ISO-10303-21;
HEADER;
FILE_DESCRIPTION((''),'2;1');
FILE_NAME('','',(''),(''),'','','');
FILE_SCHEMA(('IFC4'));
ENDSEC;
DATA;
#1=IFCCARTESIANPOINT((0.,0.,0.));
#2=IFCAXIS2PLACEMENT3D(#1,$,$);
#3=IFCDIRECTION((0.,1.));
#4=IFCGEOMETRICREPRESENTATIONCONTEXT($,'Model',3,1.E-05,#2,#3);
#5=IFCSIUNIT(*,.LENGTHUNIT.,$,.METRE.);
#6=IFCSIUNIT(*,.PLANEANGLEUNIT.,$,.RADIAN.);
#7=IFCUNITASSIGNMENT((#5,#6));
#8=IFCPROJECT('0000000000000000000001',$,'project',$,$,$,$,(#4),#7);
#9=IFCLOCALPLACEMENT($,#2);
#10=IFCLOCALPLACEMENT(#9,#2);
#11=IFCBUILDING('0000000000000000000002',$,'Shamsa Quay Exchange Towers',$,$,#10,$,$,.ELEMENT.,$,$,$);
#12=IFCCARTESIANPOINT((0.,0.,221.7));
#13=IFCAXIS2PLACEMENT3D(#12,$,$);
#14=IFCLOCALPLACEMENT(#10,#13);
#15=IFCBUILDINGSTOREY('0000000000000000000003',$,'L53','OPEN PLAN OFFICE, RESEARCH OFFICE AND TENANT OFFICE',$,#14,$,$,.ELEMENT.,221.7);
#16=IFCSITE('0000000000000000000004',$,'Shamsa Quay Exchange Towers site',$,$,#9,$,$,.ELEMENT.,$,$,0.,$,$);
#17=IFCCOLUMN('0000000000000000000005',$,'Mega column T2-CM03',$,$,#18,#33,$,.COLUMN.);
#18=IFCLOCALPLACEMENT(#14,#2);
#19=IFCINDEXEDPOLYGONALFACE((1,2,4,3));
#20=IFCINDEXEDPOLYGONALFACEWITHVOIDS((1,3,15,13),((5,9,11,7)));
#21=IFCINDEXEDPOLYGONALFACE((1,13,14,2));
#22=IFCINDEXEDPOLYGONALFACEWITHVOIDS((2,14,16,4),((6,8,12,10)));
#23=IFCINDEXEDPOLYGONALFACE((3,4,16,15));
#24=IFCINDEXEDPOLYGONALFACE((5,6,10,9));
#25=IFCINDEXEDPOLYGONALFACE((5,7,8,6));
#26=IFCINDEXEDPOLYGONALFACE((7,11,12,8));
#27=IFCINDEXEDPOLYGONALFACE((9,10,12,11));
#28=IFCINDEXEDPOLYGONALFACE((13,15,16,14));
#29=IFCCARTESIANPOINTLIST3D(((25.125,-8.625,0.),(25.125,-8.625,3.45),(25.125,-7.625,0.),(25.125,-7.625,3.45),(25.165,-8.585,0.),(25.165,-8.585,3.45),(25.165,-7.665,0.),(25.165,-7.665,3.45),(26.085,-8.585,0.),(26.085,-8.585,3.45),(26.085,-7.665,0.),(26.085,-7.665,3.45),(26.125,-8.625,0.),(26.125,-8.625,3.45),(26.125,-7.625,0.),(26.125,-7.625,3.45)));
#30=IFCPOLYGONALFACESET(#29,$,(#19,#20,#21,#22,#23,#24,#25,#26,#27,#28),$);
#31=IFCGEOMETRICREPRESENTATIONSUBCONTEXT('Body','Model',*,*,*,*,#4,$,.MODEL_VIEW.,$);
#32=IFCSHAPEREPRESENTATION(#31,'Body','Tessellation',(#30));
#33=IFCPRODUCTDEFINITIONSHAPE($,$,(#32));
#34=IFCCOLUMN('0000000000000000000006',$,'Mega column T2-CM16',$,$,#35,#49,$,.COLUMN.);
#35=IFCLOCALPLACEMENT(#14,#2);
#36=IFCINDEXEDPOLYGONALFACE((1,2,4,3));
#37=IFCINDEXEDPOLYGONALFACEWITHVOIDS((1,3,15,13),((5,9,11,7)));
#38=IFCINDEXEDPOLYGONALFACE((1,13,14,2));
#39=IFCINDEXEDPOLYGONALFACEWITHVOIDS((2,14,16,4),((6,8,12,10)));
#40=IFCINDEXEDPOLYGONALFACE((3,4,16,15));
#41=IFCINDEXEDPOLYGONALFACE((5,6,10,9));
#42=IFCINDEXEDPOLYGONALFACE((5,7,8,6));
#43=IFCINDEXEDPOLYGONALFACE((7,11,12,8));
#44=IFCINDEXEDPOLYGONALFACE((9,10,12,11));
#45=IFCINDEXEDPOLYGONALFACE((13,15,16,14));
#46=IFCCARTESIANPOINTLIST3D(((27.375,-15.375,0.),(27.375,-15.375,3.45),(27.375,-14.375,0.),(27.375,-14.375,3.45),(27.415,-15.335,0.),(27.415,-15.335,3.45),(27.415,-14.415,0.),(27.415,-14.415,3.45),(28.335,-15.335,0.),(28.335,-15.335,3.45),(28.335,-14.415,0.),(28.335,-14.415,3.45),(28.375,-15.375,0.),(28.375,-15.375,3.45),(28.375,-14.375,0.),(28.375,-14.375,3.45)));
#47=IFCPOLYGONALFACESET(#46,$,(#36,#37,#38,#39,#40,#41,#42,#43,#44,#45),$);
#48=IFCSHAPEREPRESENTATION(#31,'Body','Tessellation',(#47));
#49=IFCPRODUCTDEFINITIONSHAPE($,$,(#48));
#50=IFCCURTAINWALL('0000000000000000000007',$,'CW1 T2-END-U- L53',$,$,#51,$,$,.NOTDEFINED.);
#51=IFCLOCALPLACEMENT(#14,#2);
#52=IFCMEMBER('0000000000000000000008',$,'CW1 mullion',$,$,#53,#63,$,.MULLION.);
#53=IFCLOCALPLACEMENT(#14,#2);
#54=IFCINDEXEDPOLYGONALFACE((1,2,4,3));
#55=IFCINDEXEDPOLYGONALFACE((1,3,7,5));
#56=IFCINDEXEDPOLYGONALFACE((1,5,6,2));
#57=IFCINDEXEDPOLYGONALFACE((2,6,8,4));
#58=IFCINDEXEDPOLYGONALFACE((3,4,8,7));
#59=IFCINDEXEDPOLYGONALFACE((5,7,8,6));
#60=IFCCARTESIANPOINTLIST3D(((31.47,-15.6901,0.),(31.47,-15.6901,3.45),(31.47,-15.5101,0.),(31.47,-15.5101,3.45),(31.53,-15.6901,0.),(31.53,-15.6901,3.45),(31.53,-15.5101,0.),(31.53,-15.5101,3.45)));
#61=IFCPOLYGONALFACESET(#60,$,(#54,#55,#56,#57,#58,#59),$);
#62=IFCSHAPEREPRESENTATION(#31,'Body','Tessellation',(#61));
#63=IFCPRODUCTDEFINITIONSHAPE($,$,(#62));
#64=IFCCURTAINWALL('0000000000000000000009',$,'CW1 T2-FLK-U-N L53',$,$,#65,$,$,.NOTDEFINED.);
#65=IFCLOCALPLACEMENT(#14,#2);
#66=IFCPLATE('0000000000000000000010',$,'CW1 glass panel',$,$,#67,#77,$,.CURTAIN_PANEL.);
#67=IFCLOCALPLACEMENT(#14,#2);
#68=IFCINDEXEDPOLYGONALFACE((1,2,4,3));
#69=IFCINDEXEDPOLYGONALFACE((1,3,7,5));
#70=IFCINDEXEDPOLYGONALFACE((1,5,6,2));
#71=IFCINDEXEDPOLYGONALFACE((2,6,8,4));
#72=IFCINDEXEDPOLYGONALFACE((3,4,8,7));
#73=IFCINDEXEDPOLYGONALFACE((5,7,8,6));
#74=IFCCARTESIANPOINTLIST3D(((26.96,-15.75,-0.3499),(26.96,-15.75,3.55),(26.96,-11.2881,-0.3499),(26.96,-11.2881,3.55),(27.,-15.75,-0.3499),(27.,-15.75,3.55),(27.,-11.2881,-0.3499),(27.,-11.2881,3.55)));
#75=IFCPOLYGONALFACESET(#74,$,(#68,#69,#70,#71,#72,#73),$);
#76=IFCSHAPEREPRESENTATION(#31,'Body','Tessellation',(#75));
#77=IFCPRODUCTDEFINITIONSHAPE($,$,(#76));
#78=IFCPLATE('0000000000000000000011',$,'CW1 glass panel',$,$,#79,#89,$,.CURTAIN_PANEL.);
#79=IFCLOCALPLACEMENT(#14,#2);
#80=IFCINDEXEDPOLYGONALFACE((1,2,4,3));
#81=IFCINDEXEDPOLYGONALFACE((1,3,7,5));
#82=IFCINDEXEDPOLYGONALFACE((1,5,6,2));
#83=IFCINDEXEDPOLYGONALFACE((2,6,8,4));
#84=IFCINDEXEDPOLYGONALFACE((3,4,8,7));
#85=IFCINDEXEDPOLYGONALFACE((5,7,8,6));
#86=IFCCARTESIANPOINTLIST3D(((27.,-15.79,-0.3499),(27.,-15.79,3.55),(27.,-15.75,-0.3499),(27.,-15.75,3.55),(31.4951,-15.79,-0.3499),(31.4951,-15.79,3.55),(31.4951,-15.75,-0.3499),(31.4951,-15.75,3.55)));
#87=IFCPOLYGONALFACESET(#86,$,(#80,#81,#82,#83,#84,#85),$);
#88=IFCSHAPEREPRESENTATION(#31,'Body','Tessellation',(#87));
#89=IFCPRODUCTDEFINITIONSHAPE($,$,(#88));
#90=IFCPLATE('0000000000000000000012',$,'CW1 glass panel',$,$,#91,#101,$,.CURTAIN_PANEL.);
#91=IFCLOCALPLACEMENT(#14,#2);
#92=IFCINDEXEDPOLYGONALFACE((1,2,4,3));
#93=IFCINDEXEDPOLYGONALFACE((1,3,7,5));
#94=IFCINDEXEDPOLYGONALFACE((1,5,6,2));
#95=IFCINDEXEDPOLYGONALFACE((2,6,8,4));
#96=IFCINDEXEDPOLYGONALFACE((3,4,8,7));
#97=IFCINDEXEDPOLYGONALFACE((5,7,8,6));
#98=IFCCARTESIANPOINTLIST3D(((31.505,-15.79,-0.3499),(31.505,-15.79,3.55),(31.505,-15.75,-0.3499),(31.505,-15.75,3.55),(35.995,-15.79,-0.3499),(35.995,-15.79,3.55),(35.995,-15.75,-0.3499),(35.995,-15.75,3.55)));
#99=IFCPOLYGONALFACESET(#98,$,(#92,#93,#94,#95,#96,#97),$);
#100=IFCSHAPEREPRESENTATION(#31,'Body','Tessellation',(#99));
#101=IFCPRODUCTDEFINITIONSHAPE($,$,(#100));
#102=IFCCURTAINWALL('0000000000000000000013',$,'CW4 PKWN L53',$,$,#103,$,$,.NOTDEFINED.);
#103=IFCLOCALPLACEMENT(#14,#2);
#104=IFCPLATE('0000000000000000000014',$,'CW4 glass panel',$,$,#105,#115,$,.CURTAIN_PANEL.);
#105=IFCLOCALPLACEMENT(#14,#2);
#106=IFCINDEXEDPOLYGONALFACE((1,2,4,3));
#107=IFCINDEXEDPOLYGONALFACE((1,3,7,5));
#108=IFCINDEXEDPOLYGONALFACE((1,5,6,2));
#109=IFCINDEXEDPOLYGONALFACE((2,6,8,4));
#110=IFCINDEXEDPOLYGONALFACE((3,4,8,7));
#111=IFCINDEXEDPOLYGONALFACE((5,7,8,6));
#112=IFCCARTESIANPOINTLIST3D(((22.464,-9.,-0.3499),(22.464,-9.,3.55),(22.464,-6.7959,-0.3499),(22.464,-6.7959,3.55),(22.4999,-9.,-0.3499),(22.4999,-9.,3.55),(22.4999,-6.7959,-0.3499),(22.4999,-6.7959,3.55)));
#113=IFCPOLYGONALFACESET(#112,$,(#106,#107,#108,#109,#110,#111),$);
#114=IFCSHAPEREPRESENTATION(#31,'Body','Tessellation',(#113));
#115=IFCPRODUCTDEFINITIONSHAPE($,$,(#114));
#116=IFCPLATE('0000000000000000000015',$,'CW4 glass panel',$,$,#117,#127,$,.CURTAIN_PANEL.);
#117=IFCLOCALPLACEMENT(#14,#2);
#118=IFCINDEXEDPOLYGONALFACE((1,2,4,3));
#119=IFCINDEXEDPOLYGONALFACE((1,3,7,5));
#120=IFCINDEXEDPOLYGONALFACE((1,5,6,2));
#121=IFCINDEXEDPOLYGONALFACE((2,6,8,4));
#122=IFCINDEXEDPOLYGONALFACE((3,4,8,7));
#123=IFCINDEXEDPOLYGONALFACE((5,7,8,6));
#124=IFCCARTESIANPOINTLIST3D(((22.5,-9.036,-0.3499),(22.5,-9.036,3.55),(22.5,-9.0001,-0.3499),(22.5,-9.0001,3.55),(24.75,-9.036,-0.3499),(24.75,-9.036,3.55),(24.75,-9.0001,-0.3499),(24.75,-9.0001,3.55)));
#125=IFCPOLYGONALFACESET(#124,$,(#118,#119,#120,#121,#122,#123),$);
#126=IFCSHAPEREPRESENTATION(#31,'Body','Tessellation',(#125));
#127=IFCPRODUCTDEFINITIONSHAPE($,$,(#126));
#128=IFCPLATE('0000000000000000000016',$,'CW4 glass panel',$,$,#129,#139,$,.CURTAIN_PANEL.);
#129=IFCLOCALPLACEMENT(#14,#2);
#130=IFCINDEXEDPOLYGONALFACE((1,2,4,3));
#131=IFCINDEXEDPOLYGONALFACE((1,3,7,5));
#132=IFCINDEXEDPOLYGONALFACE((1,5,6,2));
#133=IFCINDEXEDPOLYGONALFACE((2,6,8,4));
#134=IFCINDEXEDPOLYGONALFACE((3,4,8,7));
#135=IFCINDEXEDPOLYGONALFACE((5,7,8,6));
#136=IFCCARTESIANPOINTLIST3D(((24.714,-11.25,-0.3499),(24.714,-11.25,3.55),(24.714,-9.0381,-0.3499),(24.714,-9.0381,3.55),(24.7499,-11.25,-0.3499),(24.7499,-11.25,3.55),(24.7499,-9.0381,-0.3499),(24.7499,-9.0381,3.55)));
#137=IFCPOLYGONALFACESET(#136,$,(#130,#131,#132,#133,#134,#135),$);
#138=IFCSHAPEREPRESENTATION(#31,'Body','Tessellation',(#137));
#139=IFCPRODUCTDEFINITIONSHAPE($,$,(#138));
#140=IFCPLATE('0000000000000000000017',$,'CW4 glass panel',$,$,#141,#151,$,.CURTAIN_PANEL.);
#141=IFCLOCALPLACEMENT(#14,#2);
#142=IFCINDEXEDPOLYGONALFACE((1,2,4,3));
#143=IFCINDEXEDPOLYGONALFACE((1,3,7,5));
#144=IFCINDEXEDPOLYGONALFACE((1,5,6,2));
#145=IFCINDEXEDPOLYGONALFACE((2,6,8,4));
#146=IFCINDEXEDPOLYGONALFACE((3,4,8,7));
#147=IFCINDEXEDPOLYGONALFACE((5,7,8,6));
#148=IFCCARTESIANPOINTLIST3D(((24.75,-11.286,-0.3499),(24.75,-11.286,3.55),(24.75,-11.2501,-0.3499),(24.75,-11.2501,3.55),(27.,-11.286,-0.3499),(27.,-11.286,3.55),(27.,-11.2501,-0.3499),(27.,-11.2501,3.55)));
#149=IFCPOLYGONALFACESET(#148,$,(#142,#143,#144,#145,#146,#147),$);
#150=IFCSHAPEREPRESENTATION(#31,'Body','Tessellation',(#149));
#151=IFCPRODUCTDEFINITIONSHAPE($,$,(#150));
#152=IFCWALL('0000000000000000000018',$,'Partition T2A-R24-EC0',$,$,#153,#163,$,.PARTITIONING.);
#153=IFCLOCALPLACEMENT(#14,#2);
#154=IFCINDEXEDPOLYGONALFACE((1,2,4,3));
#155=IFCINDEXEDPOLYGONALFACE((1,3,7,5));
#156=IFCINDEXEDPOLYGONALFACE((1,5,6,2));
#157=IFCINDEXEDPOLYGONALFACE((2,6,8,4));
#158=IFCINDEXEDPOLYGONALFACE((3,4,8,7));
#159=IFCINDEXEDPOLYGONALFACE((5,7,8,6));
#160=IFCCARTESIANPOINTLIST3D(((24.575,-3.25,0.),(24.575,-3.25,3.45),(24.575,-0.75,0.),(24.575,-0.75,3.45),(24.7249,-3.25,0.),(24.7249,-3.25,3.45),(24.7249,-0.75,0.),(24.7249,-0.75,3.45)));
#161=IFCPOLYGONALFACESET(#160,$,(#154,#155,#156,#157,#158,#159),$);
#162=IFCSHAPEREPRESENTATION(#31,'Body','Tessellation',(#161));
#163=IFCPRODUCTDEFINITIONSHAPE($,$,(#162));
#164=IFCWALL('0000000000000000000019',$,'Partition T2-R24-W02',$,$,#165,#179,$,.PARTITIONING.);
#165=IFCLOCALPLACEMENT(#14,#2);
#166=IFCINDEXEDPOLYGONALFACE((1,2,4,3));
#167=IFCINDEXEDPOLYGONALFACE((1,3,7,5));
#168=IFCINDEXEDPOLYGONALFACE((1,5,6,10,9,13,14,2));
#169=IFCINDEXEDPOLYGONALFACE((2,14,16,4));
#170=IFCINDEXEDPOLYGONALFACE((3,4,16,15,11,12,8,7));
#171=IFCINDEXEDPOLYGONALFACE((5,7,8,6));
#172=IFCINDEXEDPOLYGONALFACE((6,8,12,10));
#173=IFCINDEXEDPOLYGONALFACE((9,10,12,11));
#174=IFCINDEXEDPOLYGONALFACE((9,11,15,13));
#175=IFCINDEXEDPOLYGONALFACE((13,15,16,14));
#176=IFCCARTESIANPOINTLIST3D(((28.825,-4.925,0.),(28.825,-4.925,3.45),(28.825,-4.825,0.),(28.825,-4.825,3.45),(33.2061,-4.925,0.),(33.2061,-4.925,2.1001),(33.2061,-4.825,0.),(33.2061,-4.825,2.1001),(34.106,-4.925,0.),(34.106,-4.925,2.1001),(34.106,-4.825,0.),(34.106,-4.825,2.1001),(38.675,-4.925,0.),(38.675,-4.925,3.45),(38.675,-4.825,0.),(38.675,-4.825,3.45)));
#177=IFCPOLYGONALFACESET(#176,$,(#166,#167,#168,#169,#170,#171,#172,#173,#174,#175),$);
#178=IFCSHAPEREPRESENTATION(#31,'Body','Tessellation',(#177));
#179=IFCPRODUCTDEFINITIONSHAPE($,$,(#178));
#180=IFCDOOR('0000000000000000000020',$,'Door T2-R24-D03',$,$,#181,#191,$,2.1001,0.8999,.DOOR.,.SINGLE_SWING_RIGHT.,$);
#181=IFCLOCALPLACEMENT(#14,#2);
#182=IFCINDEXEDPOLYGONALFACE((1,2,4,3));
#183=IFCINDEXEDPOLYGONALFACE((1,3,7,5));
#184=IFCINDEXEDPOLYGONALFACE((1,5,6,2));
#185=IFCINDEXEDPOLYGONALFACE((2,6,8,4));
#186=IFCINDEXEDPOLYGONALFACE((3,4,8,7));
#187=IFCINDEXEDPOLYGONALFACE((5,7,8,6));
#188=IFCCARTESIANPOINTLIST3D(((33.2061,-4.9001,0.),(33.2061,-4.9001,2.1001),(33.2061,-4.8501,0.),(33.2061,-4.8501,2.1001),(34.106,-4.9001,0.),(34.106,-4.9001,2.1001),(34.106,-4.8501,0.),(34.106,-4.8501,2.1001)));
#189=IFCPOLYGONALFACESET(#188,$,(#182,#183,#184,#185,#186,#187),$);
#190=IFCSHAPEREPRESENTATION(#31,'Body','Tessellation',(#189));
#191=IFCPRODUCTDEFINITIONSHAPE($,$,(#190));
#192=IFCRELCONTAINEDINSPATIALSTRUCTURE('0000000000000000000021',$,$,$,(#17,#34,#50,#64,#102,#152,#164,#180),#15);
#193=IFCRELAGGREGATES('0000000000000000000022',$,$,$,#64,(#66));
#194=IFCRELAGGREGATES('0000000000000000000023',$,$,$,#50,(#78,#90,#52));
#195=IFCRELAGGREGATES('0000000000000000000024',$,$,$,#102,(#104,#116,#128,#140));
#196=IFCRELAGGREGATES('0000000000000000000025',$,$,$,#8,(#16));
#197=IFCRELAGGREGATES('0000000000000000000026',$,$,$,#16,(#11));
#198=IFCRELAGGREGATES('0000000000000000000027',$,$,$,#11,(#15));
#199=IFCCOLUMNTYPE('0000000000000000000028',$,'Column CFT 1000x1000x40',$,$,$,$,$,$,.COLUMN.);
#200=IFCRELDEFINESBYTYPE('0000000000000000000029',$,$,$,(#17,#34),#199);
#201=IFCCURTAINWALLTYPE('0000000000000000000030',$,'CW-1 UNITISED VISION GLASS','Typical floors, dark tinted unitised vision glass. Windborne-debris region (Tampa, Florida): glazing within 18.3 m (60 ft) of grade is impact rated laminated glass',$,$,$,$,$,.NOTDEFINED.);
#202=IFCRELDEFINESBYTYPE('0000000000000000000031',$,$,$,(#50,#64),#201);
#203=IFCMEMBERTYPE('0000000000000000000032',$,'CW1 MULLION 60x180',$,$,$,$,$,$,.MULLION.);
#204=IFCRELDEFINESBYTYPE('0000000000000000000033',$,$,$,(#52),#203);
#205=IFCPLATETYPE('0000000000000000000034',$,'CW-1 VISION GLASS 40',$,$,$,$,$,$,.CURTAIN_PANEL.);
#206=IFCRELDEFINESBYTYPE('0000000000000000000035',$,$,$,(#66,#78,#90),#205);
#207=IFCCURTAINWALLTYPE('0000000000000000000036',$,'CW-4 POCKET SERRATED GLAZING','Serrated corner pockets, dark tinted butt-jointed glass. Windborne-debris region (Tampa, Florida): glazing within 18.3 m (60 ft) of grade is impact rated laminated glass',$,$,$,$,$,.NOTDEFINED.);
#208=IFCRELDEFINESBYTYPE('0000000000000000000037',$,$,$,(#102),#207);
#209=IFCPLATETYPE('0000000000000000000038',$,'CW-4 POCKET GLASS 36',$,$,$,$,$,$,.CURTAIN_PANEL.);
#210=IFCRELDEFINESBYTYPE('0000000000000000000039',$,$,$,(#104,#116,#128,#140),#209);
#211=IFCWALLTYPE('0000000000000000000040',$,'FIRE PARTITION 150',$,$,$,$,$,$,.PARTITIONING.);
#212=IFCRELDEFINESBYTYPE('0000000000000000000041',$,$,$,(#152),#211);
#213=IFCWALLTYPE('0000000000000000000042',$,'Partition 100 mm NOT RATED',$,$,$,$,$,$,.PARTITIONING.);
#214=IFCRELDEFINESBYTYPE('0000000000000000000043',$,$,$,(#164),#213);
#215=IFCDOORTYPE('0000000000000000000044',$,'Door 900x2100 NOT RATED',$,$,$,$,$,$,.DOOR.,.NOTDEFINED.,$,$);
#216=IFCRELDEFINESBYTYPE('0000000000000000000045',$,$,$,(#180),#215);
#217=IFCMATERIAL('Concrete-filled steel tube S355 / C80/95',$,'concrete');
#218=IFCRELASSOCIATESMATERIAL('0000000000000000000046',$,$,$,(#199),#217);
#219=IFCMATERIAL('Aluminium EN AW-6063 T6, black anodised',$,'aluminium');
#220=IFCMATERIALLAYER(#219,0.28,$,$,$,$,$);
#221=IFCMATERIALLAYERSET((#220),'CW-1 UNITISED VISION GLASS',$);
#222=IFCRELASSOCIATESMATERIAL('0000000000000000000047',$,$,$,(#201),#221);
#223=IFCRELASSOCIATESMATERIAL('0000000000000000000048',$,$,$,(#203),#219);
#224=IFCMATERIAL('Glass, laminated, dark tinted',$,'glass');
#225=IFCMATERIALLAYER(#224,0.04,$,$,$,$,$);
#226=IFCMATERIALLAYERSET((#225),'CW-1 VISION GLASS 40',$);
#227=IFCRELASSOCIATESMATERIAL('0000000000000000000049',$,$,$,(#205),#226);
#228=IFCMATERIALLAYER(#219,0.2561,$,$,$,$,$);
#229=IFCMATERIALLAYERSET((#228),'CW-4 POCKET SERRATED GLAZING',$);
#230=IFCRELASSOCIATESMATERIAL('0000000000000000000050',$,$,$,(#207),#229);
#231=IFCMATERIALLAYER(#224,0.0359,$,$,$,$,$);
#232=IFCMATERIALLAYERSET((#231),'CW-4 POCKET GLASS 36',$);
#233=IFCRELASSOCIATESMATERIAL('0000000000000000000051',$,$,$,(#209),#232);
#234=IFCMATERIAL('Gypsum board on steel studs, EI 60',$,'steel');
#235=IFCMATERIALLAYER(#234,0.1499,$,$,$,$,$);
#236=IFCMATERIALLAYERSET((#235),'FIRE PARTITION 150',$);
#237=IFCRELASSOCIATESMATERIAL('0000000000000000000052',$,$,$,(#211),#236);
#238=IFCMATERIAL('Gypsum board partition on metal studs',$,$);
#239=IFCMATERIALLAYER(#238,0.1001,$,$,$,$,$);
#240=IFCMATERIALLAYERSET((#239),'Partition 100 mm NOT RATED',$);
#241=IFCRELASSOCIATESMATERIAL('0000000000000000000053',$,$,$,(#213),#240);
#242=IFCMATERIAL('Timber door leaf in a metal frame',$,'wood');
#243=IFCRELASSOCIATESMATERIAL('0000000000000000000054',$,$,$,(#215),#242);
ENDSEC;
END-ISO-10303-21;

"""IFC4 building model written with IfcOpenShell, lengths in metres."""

from ifc_helpers import new_model, si_unit, direction, frame, frame_2d, origin, origin_2d, place, context, subcontext, project, spatial, rectangle, hollow_rectangle, extrude, material, layer, layer_set, material_profile, profile_set, type_object, element, fill, aggregate, save


model = new_model("IFC4")

# Units and contexts
model_context = context("Model", 3, precision=1e-05, world=origin(), true_north=direction((0.0, 1.0)))
body_context = subcontext(model_context, "Body", "Model", "MODEL_VIEW")
ifc_project = project(units=[si_unit("LENGTHUNIT", "METRE"), si_unit("PLANEANGLEUNIT", "RADIAN")], contexts=[model_context])

# Site, building, storey
site_placement = place(None, origin())
site = spatial("IfcSite", under=ifc_project, at=site_placement, Name="Shamsa Quay Exchange Towers site", CompositionType="ELEMENT", RefElevation=0.0)
building_placement = place(site_placement, origin())
building = spatial("IfcBuilding", under=site, at=building_placement, Name="Shamsa Quay Exchange Towers", CompositionType="ELEMENT")
storey_placement = place(building_placement, frame((0.0, 0.0, 221.7)))
storey = spatial("IfcBuildingStorey", under=building, at=storey_placement, Name="L53", Description="OPEN PLAN OFFICE, RESEARCH OFFICE AND TENANT OFFICE", CompositionType="ELEMENT", Elevation=221.7)

# Columns
ifc_material_1 = material(Name="Concrete-filled steel tube S355 / C80/95", Category="concrete")
ifc_material_profile_1 = material_profile(ifc_material_1, hollow_rectangle(XDim=1.0, YDim=1.0, WallThickness=0.04, at=origin_2d()), Name="CFT 1000x1000x40")
ifc_profile_set_1 = profile_set([ifc_material_profile_1], Name="Concrete-filled steel tube S355 / C80/95")
column_type = type_object("IfcColumnType", Name="Column CFT 1000x1000x40", PredefinedType="COLUMN", material=ifc_profile_set_1)
for number, where, name in (
    (1, (25.625, -8.125, 0.0), "Mega column T2-CM03"),
    (2, (27.875, -14.875, 0.0), "Mega column T2-CM16"),
):
    element("IfcColumn", number, at=place(storey_placement, frame(where)), inside=storey, type_object=column_type, Name=name, PredefinedType="COLUMN", context=body_context, shape_type="SweptSolid", body=[
        extrude(hollow_rectangle(XDim=1.0, YDim=1.0, WallThickness=0.04, at=origin_2d()), origin(), (0.0, 0.0, 1.0), 3.45),
    ])

# Curtain wall, member
ifc_material_2 = material(Name="Aluminium EN AW-6063 T6, black anodised", Category="aluminium")
ifc_layer_1 = layer(ifc_material_2, 0.28)
ifc_layer_set_1 = layer_set([ifc_layer_1], Name="CW-1 UNITISED VISION GLASS")
curtain_wall_type_1 = type_object("IfcCurtainWallType", Name="CW-1 UNITISED VISION GLASS", Description="Typical floors, dark tinted unitised vision glass. Windborne-debris region (Tampa, Florida): glazing within 18.3 m (60 ft) of grade is impact rated laminated glass", PredefinedType="NOTDEFINED", material=ifc_layer_set_1)
curtain_wall_1_placement = place(storey_placement, origin())
curtain_wall_1 = element("IfcCurtainWall", 3, at=curtain_wall_1_placement, inside=storey, type_object=curtain_wall_type_1, Name="CW1 T2-END-U- L53", PredefinedType="NOTDEFINED")
ifc_material_profile_2 = material_profile(ifc_material_2, rectangle(XDim=0.1799, YDim=0.0601, at=origin_2d()), Name="MU60x180")
ifc_profile_set_2 = profile_set([ifc_material_profile_2], Name="Aluminium EN AW-6063 T6, black anodised")
member_type = type_object("IfcMemberType", Name="CW1 MULLION 60x180", PredefinedType="MULLION", material=ifc_profile_set_2)
member_placement = place(storey_placement, frame((31.5, -15.6001, 0.0), z_axis=(0.0, 0.0, 1.0), x_axis=(0.0, 1.0, 0.0)))
member = element("IfcMember", 4, at=member_placement, type_object=member_type, Name="CW1 mullion", PredefinedType="MULLION", context=body_context, shape_type="SweptSolid", body=[
    extrude(rectangle(XDim=0.1799, YDim=0.0601, at=origin_2d()), origin(), (0.0, 0.0, 1.0), 3.45),
])

# Curtain wall, plate
curtain_wall_2_placement = place(storey_placement, origin())
curtain_wall_2 = element("IfcCurtainWall", 5, at=curtain_wall_2_placement, inside=storey, type_object=curtain_wall_type_1, Name="CW1 T2-FLK-U-N L53", PredefinedType="NOTDEFINED")
ifc_material_3 = material(Name="Glass, laminated, dark tinted", Category="glass")
ifc_layer_2 = layer(ifc_material_3, 0.04)
ifc_layer_set_2 = layer_set([ifc_layer_2], Name="CW-1 VISION GLASS 40")
plate_type_1 = type_object("IfcPlateType", Name="CW-1 VISION GLASS 40", PredefinedType="CURTAIN_PANEL", material=ifc_layer_set_2)
plate_1_placement = place(storey_placement, frame((26.98, -13.519, -0.3499), z_axis=(0.0, 0.0, 1.0), x_axis=(0.0, -1.0, 0.0)))
plate_1 = element("IfcPlate", 6, at=plate_1_placement, type_object=plate_type_1, Name="CW1 glass panel", PredefinedType="CURTAIN_PANEL", context=body_context, shape_type="SweptSolid", body=[
    extrude(rectangle(XDim=4.4619, YDim=0.04, at=origin_2d()), origin(), (0.0, 0.0, 1.0), 3.8999),
])
aggregate(curtain_wall_2, [plate_1])

# Plates
plate_2_placement = place(storey_placement, frame((29.2476, -15.77, -0.3499)))
plate_2 = element("IfcPlate", 7, at=plate_2_placement, type_object=plate_type_1, Name="CW1 glass panel", PredefinedType="CURTAIN_PANEL", context=body_context, shape_type="SweptSolid", body=[
    extrude(rectangle(XDim=4.4951, YDim=0.04, at=origin_2d()), origin(), (0.0, 0.0, 1.0), 3.8999),
])
plate_3_placement = place(storey_placement, frame((33.75, -15.77, -0.3499)))
plate_3 = element("IfcPlate", 8, at=plate_3_placement, type_object=plate_type_1, Name="CW1 glass panel", PredefinedType="CURTAIN_PANEL", context=body_context, shape_type="SweptSolid", body=[
    extrude(rectangle(XDim=4.49, YDim=0.04, at=origin_2d()), origin(), (0.0, 0.0, 1.0), 3.8999),
])
aggregate(curtain_wall_1, [plate_2, plate_3, member])

# Curtain wall, plates
ifc_layer_3 = layer(ifc_material_2, 0.2561)
ifc_layer_set_3 = layer_set([ifc_layer_3], Name="CW-4 POCKET SERRATED GLAZING")
curtain_wall_type_2 = type_object("IfcCurtainWallType", Name="CW-4 POCKET SERRATED GLAZING", Description="Serrated corner pockets, dark tinted butt-jointed glass. Windborne-debris region (Tampa, Florida): glazing within 18.3 m (60 ft) of grade is impact rated laminated glass", PredefinedType="NOTDEFINED", material=ifc_layer_set_3)
curtain_wall_3_placement = place(storey_placement, origin())
curtain_wall_3 = element("IfcCurtainWall", 9, at=curtain_wall_3_placement, inside=storey, type_object=curtain_wall_type_2, Name="CW4 PKWN L53", PredefinedType="NOTDEFINED")
ifc_layer_4 = layer(ifc_material_3, 0.0359)
ifc_layer_set_4 = layer_set([ifc_layer_4], Name="CW-4 POCKET GLASS 36")
plate_type_2 = type_object("IfcPlateType", Name="CW-4 POCKET GLASS 36", PredefinedType="CURTAIN_PANEL", material=ifc_layer_set_4)
plate_4_placement = place(storey_placement, frame((22.4819, -7.8979, -0.3499), z_axis=(0.0, 0.0, 1.0), x_axis=(0.0, -1.0, 0.0)))
plate_4 = element("IfcPlate", 10, at=plate_4_placement, type_object=plate_type_2, Name="CW4 glass panel", PredefinedType="CURTAIN_PANEL", context=body_context, shape_type="SweptSolid", body=[
    extrude(rectangle(XDim=2.2041, YDim=0.0359, at=origin_2d()), origin(), (0.0, 0.0, 1.0), 3.8999),
])
plate_5_placement = place(storey_placement, frame((23.625, -9.0181, -0.3499)))
plate_5 = element("IfcPlate", 11, at=plate_5_placement, type_object=plate_type_2, Name="CW4 glass panel", PredefinedType="CURTAIN_PANEL", context=body_context, shape_type="SweptSolid", body=[
    extrude(rectangle(XDim=2.25, YDim=0.0359, at=origin_2d()), origin(), (0.0, 0.0, 1.0), 3.8999),
])
plate_6_placement = place(storey_placement, frame((24.7319, -10.144, -0.3499), z_axis=(0.0, 0.0, 1.0), x_axis=(0.0, -1.0, 0.0)))
plate_6 = element("IfcPlate", 12, at=plate_6_placement, type_object=plate_type_2, Name="CW4 glass panel", PredefinedType="CURTAIN_PANEL", context=body_context, shape_type="SweptSolid", body=[
    extrude(rectangle(XDim=2.2119, YDim=0.0359, at=origin_2d()), origin(), (0.0, 0.0, 1.0), 3.8999),
])
plate_7_placement = place(storey_placement, frame((25.875, -11.2681, -0.3499)))
plate_7 = element("IfcPlate", 13, at=plate_7_placement, type_object=plate_type_2, Name="CW4 glass panel", PredefinedType="CURTAIN_PANEL", context=body_context, shape_type="SweptSolid", body=[
    extrude(rectangle(XDim=2.25, YDim=0.0359, at=origin_2d()), origin(), (0.0, 0.0, 1.0), 3.8999),
])
aggregate(curtain_wall_3, [plate_4, plate_5, plate_6, plate_7])

# Wall
ifc_material_4 = material(Name="Gypsum board on steel studs, EI 60", Category="steel")
ifc_layer_5 = layer(ifc_material_4, 0.1499)
ifc_layer_set_5 = layer_set([ifc_layer_5], Name="FIRE PARTITION 150")
wall_type_1 = type_object("IfcWallType", Name="FIRE PARTITION 150", PredefinedType="PARTITIONING", material=ifc_layer_set_5)
wall_1_placement = place(storey_placement, frame((24.6499, -3.25, 0.0), z_axis=(0.0, 0.0, 1.0), x_axis=(0.0, 1.0, 0.0)))
element("IfcWall", 14, at=wall_1_placement, inside=storey, type_object=wall_type_1, Name="Partition T2A-R24-EC0", PredefinedType="PARTITIONING", context=body_context, shape_type="SweptSolid", body=[
    extrude(rectangle(XDim=2.5, YDim=0.1499, at=frame_2d((1.25, 0.0))), origin(), (0.0, 0.0, 1.0), 3.45),
])

# Wall, opening, door
ifc_material_5 = material(Name="Gypsum board partition on metal studs")
ifc_layer_6 = layer(ifc_material_5, 0.1001)
ifc_layer_set_6 = layer_set([ifc_layer_6], Name="Partition 100 mm NOT RATED")
wall_type_2 = type_object("IfcWallType", Name="Partition 100 mm NOT RATED", PredefinedType="PARTITIONING", material=ifc_layer_set_6)
wall_2_placement = place(storey_placement, frame((28.825, -4.875, 0.0)))
wall_2 = element("IfcWall", 15, at=wall_2_placement, inside=storey, type_object=wall_type_2, Name="Partition T2-R24-W02", PredefinedType="PARTITIONING", context=body_context, shape_type="SweptSolid", body=[
    extrude(rectangle(XDim=9.8501, YDim=0.1001, at=frame_2d((4.925, 0.0))), origin(), (0.0, 0.0, 1.0), 3.45),
])
opening_1_placement = place(wall_2_placement, frame((4.3811, 0.0, 0.0)))
opening_1 = element("IfcOpeningElement", 16, at=opening_1_placement, cuts=wall_2, PredefinedType="OPENING", context=body_context, shape_type="SweptSolid", body=[
    extrude(rectangle(XDim=0.8999, YDim=2.1001, at=frame_2d((0.45, 1.05))), frame((0.0, 0.0601, 0.0), z_axis=(0.0, -1.0, 0.0), x_axis=(1.0, 0.0, 0.0)), (0.0, 0.0, 1.0), 0.1201),
])
ifc_material_6 = material(Name="Timber door leaf in a metal frame", Category="wood")
door_type_1 = type_object("IfcDoorType", Name="Door 900x2100 NOT RATED", OperationType="NOTDEFINED", PredefinedType="DOOR", material=ifc_material_6)
door_1_placement = place(opening_1_placement, origin())
door_1 = element("IfcDoor", 17, at=door_1_placement, inside=storey, type_object=door_type_1, Name="Door T2-R24-D03", OperationType="SINGLE_SWING_RIGHT", OverallHeight=2.1001, OverallWidth=0.8999, PredefinedType="DOOR", context=body_context, shape_type="SweptSolid", body=[
    extrude(rectangle(XDim=0.8999, YDim=2.1001, at=frame_2d((0.45, 1.05))), frame((0.0, 0.0249, 0.0), z_axis=(0.0, -1.0, 0.0), x_axis=(1.0, 0.0, 0.0)), (0.0, 0.0, 1.0), 0.05),
])
fill(opening_1, door_1)

save(model, "model.ifc")
